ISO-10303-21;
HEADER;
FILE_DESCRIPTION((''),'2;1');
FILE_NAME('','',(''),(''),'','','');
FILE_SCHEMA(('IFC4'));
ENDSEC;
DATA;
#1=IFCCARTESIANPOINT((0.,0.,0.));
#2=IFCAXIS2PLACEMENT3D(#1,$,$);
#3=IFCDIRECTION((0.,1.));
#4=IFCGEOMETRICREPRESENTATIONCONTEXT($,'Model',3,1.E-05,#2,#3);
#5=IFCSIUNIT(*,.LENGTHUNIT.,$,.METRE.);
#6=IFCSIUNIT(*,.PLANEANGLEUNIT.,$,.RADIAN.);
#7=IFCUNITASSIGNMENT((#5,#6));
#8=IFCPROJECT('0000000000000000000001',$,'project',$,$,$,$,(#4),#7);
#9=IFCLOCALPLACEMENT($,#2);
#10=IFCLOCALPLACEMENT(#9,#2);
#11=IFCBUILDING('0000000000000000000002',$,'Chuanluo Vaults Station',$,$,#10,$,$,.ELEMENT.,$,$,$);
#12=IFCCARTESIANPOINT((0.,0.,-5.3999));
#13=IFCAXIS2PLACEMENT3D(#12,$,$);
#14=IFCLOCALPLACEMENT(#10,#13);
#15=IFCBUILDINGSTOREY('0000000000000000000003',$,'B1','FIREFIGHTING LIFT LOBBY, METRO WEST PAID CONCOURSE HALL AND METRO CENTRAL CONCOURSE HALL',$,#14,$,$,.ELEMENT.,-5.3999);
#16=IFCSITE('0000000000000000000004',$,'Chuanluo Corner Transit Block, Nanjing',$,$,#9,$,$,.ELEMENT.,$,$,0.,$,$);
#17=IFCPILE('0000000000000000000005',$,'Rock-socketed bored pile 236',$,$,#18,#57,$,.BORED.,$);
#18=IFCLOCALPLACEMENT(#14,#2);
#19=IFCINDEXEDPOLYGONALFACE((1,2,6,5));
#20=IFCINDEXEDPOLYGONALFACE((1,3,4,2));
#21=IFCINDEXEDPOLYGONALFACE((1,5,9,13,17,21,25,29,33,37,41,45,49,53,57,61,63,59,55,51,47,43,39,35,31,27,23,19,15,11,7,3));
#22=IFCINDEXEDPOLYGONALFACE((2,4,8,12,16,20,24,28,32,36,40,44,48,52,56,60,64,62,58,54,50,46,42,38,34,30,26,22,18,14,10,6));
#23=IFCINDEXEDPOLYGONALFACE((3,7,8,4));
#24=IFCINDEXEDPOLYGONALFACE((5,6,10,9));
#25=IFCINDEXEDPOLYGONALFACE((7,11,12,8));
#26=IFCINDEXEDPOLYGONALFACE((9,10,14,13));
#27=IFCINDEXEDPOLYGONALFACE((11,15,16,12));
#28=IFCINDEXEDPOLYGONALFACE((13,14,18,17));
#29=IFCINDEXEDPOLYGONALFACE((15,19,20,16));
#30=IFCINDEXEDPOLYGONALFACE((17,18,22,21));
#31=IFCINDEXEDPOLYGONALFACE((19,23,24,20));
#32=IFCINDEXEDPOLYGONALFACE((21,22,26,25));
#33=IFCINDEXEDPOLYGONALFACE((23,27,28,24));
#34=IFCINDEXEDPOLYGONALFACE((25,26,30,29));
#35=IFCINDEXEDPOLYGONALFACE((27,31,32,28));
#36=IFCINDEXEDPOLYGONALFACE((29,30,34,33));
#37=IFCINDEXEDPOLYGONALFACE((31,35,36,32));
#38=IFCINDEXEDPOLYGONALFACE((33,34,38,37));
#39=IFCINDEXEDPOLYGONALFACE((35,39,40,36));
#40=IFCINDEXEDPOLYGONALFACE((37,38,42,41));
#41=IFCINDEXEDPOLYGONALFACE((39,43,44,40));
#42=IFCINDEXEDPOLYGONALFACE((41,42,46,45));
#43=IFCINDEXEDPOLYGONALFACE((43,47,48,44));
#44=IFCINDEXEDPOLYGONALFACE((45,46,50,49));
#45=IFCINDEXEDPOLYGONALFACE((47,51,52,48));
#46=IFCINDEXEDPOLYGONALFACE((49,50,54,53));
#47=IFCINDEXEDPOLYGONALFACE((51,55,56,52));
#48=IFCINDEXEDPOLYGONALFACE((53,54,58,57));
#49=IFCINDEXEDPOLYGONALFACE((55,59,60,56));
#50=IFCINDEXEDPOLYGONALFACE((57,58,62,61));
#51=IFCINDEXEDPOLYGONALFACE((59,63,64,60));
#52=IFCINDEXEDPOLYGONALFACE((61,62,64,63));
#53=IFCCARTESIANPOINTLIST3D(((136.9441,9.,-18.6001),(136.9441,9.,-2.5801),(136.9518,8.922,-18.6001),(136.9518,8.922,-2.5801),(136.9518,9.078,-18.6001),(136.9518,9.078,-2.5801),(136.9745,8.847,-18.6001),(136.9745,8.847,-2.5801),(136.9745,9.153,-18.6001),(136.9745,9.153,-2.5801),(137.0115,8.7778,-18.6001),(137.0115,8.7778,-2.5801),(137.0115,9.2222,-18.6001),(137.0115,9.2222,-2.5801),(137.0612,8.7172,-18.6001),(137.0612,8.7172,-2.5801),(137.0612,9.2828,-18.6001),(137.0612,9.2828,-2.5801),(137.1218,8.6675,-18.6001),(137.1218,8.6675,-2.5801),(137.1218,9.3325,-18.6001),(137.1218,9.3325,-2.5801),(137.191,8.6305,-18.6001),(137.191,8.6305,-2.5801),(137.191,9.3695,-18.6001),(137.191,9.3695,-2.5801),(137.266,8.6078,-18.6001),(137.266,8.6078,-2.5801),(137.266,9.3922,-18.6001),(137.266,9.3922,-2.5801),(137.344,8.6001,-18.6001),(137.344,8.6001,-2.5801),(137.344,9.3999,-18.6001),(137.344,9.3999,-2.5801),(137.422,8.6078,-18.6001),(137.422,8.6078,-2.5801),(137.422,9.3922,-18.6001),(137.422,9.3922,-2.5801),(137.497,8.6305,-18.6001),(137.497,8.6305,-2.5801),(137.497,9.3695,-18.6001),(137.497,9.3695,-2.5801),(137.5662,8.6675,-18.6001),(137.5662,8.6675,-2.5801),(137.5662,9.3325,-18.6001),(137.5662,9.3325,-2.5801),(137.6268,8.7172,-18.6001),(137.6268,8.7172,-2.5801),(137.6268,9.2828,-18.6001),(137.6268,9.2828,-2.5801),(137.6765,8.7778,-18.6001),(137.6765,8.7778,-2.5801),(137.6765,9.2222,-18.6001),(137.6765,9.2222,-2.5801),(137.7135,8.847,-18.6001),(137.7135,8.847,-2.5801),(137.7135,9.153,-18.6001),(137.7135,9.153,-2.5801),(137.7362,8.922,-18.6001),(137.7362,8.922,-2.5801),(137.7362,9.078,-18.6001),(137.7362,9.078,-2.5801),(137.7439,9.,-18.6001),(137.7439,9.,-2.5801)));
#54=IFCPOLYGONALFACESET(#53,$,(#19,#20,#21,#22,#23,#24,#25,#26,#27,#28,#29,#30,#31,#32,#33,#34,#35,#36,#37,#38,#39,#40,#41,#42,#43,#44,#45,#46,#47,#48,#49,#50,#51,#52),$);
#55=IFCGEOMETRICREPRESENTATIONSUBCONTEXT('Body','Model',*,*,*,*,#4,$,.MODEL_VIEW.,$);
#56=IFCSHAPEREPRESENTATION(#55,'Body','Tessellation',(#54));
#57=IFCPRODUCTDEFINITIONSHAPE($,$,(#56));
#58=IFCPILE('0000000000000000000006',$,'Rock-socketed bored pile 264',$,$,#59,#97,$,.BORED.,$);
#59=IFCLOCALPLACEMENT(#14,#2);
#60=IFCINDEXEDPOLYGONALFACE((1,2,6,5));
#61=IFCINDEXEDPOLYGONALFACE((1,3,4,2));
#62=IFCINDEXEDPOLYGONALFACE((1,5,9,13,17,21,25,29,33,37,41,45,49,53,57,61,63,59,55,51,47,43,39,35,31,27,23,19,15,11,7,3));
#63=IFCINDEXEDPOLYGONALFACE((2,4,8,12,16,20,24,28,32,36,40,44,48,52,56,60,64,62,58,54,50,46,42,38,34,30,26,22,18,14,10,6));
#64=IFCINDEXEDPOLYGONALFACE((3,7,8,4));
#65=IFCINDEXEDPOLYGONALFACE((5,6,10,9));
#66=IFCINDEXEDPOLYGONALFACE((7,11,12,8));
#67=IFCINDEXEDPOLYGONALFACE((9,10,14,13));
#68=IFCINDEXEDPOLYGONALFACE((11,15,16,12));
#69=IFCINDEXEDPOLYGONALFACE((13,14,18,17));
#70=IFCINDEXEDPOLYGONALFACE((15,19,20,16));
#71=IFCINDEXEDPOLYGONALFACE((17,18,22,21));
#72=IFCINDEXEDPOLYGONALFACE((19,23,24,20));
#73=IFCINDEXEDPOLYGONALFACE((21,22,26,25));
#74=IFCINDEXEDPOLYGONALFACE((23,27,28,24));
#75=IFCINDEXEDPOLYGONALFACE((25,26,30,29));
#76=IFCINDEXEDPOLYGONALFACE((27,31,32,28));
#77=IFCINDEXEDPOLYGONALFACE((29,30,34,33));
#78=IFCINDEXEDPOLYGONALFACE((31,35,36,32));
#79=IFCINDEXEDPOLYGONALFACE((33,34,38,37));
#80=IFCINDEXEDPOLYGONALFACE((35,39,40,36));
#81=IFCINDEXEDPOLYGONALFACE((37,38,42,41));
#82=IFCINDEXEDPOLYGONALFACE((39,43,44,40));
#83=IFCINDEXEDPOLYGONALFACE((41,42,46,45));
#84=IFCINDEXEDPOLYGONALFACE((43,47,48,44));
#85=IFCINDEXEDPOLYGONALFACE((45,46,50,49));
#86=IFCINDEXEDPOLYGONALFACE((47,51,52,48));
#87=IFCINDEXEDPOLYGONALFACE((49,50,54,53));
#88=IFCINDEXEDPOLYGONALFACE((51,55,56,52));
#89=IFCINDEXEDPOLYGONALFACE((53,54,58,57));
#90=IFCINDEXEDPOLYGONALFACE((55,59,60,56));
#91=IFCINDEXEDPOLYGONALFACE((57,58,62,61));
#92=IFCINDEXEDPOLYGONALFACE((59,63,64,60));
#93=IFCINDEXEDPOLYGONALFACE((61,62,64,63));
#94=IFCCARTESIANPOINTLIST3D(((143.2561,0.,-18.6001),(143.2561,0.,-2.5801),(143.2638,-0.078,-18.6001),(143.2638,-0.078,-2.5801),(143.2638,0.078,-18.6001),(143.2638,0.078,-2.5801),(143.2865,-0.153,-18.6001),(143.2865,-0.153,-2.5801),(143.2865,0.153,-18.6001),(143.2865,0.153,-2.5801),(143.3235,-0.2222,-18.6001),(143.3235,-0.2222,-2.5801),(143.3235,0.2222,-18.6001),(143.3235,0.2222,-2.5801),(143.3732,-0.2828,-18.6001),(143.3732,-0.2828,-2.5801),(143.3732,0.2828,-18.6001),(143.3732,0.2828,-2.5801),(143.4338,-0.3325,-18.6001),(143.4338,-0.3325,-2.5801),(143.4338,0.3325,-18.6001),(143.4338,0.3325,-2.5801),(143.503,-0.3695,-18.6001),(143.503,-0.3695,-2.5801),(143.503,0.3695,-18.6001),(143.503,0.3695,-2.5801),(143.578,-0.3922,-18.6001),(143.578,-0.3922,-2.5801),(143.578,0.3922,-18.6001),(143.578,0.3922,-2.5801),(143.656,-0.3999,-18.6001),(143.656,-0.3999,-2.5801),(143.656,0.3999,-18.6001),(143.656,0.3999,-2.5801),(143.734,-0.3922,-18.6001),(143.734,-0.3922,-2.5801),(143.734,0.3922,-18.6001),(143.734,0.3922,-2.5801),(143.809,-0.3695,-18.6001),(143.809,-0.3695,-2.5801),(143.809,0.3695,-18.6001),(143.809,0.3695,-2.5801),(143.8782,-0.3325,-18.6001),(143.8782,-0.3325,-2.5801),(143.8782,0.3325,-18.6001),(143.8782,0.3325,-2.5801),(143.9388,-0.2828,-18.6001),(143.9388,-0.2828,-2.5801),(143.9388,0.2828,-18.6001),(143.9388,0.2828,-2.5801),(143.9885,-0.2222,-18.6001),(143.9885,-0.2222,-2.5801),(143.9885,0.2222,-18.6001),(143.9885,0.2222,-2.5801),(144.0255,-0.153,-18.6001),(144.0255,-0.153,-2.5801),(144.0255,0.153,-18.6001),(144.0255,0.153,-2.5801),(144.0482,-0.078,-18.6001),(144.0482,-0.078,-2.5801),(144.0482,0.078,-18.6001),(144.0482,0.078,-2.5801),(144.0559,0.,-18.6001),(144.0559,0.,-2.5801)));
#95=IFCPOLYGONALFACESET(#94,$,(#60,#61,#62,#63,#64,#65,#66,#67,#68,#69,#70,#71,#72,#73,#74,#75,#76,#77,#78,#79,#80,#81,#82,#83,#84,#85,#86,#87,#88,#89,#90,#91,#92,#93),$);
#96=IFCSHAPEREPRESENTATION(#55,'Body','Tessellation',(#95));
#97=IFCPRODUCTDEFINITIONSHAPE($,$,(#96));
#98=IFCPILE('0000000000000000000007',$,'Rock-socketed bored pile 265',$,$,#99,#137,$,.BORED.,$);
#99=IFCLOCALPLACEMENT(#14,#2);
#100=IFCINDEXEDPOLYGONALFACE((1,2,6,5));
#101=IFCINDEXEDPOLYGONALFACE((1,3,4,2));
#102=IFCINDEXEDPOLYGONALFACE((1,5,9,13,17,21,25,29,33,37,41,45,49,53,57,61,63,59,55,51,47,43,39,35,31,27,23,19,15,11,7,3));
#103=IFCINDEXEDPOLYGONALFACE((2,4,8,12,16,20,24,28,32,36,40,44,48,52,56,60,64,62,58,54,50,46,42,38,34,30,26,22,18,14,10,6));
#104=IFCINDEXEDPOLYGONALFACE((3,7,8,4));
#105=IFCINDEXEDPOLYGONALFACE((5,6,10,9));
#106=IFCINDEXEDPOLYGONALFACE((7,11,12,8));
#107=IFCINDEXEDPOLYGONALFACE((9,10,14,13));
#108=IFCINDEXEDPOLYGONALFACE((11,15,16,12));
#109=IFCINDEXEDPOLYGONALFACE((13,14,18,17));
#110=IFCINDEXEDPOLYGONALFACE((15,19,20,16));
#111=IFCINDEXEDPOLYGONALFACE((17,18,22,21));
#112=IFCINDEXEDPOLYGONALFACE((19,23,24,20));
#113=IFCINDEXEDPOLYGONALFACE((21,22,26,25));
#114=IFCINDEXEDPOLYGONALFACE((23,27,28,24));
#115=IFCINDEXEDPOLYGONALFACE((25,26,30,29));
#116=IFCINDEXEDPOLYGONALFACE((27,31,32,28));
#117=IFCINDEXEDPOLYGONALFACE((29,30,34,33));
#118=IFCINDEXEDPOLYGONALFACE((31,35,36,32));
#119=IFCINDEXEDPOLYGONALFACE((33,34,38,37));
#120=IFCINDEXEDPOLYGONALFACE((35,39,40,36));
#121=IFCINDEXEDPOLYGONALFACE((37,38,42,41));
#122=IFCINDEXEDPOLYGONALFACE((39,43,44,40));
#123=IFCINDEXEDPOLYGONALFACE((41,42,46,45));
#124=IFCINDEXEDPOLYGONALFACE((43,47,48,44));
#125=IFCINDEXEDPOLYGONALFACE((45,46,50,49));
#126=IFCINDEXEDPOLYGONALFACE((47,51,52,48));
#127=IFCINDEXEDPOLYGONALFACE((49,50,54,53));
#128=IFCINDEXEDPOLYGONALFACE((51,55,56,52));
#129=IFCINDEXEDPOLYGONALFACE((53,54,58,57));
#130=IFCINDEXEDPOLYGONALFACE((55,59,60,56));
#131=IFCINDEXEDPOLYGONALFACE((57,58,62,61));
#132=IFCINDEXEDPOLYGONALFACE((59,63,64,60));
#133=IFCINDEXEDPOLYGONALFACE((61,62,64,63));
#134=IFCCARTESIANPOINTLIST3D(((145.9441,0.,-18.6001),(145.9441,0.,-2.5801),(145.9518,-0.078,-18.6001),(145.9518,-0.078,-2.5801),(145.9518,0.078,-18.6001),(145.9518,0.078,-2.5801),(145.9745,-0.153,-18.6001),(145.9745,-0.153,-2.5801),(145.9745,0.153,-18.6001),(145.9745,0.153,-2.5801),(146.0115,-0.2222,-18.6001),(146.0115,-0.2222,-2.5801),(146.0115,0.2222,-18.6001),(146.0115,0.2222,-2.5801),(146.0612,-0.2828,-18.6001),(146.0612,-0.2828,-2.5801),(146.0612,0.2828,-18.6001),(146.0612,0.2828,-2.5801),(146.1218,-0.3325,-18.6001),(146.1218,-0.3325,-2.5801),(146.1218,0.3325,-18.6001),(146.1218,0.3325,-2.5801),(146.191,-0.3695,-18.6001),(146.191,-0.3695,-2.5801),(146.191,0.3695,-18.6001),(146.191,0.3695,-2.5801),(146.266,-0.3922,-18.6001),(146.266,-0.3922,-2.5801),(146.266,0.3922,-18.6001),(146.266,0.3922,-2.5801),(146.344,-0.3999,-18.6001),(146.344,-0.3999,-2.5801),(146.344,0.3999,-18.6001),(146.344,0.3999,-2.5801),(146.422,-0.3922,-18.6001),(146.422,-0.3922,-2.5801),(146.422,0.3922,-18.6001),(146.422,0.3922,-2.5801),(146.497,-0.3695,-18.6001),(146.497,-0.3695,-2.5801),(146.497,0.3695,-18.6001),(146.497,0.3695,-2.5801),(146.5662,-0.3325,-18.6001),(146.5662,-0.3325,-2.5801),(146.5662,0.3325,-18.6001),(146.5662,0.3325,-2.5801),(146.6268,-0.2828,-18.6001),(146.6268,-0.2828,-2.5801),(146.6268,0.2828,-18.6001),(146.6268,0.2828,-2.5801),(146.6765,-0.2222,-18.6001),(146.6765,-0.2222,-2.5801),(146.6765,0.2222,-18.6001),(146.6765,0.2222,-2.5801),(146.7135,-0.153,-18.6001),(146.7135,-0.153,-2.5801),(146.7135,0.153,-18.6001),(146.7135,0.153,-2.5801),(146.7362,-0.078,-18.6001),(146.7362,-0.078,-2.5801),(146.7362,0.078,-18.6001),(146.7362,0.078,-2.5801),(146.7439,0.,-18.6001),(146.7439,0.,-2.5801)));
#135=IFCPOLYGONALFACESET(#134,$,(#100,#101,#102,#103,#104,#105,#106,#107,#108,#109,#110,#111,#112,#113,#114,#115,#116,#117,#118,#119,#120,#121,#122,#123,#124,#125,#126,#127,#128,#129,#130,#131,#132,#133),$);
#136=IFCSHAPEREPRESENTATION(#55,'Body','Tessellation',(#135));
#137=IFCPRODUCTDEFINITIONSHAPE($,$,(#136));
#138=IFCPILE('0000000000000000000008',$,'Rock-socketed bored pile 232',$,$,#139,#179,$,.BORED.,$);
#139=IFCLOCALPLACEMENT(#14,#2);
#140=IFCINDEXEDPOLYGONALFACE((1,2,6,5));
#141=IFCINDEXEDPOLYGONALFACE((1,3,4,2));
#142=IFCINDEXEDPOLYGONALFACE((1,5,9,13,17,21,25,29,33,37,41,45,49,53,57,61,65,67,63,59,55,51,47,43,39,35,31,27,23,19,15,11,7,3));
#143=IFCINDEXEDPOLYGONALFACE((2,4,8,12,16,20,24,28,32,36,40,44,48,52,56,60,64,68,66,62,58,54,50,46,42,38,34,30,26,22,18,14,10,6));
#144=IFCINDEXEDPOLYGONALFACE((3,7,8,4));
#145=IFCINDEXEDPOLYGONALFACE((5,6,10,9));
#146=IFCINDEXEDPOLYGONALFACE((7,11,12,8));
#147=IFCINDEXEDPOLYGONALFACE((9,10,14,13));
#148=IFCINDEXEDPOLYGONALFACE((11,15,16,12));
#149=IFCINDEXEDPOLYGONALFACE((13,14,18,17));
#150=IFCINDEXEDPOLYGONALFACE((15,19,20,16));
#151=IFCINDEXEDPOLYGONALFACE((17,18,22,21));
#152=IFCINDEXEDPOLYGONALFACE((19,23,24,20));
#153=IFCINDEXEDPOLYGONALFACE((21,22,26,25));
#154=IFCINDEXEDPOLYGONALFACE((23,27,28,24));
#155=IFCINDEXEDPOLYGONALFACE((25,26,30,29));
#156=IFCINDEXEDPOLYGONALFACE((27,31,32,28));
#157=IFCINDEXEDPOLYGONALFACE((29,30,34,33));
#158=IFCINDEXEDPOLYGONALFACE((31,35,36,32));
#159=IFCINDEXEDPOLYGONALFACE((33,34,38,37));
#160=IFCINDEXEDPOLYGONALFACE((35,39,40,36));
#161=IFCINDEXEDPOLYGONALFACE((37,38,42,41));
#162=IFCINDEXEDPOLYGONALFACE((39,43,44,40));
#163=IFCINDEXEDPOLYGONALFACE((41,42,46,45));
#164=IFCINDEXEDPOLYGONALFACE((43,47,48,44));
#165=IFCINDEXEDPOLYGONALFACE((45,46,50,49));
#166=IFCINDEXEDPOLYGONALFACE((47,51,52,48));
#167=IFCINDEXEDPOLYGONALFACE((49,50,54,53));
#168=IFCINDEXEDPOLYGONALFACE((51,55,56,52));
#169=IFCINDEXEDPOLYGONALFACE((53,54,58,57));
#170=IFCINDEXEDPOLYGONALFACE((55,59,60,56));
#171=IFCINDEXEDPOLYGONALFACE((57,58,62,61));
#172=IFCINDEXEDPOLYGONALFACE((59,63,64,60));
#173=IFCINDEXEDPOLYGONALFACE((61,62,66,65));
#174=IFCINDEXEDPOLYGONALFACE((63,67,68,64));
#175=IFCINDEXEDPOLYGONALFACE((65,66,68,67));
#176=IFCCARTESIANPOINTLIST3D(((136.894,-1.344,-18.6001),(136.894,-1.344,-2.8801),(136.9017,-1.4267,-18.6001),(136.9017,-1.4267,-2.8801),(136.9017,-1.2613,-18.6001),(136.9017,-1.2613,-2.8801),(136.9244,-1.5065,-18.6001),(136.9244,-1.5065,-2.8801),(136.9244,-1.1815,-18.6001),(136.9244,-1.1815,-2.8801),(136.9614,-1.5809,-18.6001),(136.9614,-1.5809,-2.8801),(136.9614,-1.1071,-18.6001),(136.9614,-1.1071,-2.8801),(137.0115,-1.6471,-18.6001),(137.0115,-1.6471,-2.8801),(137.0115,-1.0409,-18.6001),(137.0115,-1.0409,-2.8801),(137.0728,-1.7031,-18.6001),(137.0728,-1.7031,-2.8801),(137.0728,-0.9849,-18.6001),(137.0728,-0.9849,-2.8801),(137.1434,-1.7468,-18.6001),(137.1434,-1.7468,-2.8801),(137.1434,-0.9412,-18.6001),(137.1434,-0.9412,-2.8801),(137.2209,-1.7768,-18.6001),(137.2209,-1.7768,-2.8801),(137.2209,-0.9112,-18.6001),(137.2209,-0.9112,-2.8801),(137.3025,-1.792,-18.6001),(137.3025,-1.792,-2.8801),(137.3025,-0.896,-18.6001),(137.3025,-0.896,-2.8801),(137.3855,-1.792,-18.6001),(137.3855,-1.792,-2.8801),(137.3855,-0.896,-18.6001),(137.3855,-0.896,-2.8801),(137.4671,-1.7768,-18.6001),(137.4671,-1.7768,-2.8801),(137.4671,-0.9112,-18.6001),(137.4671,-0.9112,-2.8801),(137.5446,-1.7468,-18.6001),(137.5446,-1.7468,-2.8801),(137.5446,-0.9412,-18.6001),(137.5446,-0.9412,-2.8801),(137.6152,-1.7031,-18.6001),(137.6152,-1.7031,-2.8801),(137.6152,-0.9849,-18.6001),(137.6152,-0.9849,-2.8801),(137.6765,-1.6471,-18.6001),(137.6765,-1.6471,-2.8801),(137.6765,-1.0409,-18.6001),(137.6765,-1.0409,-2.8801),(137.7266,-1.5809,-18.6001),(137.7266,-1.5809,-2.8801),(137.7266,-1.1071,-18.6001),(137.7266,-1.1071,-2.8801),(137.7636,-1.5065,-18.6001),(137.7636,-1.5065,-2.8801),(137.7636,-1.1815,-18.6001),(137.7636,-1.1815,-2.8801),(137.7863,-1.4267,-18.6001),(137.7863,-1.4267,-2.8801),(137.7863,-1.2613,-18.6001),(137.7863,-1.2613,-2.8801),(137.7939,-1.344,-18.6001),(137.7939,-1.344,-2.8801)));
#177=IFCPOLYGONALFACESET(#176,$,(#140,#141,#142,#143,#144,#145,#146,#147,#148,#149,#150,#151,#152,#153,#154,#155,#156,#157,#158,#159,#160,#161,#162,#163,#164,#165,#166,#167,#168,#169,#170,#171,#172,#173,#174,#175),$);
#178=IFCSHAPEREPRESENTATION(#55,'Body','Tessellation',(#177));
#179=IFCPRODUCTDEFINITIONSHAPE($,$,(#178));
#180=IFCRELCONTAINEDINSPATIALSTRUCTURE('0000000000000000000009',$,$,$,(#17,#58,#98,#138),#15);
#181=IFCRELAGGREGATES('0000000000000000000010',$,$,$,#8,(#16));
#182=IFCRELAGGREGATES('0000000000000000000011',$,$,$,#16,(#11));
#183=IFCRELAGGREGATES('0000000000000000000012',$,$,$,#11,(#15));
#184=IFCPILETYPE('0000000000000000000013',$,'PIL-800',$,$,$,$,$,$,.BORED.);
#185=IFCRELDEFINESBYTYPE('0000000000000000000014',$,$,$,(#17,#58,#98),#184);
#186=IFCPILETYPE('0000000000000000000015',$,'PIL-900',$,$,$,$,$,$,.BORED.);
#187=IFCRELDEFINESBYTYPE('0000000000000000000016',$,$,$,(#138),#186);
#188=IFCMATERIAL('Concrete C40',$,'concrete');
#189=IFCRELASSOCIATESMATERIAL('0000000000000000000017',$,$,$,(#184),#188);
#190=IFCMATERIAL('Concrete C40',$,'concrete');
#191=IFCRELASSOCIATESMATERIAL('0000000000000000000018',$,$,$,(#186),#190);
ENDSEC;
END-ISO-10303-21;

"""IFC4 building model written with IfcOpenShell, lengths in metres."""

from ifc_helpers import new_model, si_unit, direction, frame, origin, origin_2d, place, context, subcontext, project, spatial, circle, extrude, material, material_profile, profile_set, type_object, element, save


model = new_model("IFC4")

# Units and contexts
model_context = context("Model", 3, precision=1e-05, world=origin(), true_north=direction((0.0, 1.0)))
body_context = subcontext(model_context, "Body", "Model", "MODEL_VIEW")
ifc_project = project(units=[si_unit("LENGTHUNIT", "METRE"), si_unit("PLANEANGLEUNIT", "RADIAN")], contexts=[model_context])

# Site, building, storey
site_placement = place(None, origin())
site = spatial("IfcSite", under=ifc_project, at=site_placement, Name="Chuanluo Corner Transit Block, Nanjing", CompositionType="ELEMENT", RefElevation=0.0)
building_placement = place(site_placement, origin())
building = spatial("IfcBuilding", under=site, at=building_placement, Name="Chuanluo Vaults Station", CompositionType="ELEMENT")
storey_placement = place(building_placement, frame((0.0, 0.0, -5.3999)))
storey = spatial("IfcBuildingStorey", under=building, at=storey_placement, Name="B1", Description="FIREFIGHTING LIFT LOBBY, METRO WEST PAID CONCOURSE HALL AND METRO CENTRAL CONCOURSE HALL", CompositionType="ELEMENT", Elevation=-5.3999)

# Piles
ifc_material_1 = material(Name="Concrete C40", Category="concrete")
ifc_material_profile_1 = material_profile(ifc_material_1, circle(Radius=0.3999, at=origin_2d()))
ifc_profile_set_1 = profile_set([ifc_material_profile_1], Name="Concrete C40")
pile_type_1 = type_object("IfcPileType", Name="PIL-800", PredefinedType="BORED", material=ifc_profile_set_1)
for number, where, z_axis, x_axis, name in (
    (1, (137.344, 9.0, -2.5801), (0.0, 0.0, -1.0), (1.0, 0.0, 0.0), "Rock-socketed bored pile 236"),
    (2, (143.656, 0.0, -2.5801), (0.0, 0.0, -1.0), (1.0, 0.0, 0.0), "Rock-socketed bored pile 264"),
    (3, (146.344, 0.0, -2.5801), (0.0, 0.0, -1.0), (1.0, 0.0, 0.0), "Rock-socketed bored pile 265"),
):
    element("IfcPile", number, at=place(storey_placement, frame(where, z_axis=z_axis, x_axis=x_axis)), inside=storey, type_object=pile_type_1, Name=name, PredefinedType="BORED", context=body_context, shape_type="SweptSolid", body=[
        extrude(circle(Radius=0.3999, at=origin_2d()), origin(), (0.0, 0.0, 1.0), 16.02),
    ])
ifc_material_2 = material(Name="Concrete C40", Category="concrete")
ifc_material_profile_2 = material_profile(ifc_material_2, circle(Radius=0.45, at=origin_2d()))
ifc_profile_set_2 = profile_set([ifc_material_profile_2], Name="Concrete C40")
pile_type_2 = type_object("IfcPileType", Name="PIL-900", PredefinedType="BORED", material=ifc_profile_set_2)
for number, where, z_axis, x_axis, name in (
    (4, (137.344, -1.344, -2.8801), (0.0, 0.0, -1.0), (1.0, 0.0, 0.0), "Rock-socketed bored pile 232"),
):
    element("IfcPile", number, at=place(storey_placement, frame(where, z_axis=z_axis, x_axis=x_axis)), inside=storey, type_object=pile_type_2, Name=name, PredefinedType="BORED", context=body_context, shape_type="SweptSolid", body=[
        extrude(circle(Radius=0.45, at=origin_2d()), origin(), (0.0, 0.0, 1.0), 15.72),
    ])

save(model, "model.ifc")
